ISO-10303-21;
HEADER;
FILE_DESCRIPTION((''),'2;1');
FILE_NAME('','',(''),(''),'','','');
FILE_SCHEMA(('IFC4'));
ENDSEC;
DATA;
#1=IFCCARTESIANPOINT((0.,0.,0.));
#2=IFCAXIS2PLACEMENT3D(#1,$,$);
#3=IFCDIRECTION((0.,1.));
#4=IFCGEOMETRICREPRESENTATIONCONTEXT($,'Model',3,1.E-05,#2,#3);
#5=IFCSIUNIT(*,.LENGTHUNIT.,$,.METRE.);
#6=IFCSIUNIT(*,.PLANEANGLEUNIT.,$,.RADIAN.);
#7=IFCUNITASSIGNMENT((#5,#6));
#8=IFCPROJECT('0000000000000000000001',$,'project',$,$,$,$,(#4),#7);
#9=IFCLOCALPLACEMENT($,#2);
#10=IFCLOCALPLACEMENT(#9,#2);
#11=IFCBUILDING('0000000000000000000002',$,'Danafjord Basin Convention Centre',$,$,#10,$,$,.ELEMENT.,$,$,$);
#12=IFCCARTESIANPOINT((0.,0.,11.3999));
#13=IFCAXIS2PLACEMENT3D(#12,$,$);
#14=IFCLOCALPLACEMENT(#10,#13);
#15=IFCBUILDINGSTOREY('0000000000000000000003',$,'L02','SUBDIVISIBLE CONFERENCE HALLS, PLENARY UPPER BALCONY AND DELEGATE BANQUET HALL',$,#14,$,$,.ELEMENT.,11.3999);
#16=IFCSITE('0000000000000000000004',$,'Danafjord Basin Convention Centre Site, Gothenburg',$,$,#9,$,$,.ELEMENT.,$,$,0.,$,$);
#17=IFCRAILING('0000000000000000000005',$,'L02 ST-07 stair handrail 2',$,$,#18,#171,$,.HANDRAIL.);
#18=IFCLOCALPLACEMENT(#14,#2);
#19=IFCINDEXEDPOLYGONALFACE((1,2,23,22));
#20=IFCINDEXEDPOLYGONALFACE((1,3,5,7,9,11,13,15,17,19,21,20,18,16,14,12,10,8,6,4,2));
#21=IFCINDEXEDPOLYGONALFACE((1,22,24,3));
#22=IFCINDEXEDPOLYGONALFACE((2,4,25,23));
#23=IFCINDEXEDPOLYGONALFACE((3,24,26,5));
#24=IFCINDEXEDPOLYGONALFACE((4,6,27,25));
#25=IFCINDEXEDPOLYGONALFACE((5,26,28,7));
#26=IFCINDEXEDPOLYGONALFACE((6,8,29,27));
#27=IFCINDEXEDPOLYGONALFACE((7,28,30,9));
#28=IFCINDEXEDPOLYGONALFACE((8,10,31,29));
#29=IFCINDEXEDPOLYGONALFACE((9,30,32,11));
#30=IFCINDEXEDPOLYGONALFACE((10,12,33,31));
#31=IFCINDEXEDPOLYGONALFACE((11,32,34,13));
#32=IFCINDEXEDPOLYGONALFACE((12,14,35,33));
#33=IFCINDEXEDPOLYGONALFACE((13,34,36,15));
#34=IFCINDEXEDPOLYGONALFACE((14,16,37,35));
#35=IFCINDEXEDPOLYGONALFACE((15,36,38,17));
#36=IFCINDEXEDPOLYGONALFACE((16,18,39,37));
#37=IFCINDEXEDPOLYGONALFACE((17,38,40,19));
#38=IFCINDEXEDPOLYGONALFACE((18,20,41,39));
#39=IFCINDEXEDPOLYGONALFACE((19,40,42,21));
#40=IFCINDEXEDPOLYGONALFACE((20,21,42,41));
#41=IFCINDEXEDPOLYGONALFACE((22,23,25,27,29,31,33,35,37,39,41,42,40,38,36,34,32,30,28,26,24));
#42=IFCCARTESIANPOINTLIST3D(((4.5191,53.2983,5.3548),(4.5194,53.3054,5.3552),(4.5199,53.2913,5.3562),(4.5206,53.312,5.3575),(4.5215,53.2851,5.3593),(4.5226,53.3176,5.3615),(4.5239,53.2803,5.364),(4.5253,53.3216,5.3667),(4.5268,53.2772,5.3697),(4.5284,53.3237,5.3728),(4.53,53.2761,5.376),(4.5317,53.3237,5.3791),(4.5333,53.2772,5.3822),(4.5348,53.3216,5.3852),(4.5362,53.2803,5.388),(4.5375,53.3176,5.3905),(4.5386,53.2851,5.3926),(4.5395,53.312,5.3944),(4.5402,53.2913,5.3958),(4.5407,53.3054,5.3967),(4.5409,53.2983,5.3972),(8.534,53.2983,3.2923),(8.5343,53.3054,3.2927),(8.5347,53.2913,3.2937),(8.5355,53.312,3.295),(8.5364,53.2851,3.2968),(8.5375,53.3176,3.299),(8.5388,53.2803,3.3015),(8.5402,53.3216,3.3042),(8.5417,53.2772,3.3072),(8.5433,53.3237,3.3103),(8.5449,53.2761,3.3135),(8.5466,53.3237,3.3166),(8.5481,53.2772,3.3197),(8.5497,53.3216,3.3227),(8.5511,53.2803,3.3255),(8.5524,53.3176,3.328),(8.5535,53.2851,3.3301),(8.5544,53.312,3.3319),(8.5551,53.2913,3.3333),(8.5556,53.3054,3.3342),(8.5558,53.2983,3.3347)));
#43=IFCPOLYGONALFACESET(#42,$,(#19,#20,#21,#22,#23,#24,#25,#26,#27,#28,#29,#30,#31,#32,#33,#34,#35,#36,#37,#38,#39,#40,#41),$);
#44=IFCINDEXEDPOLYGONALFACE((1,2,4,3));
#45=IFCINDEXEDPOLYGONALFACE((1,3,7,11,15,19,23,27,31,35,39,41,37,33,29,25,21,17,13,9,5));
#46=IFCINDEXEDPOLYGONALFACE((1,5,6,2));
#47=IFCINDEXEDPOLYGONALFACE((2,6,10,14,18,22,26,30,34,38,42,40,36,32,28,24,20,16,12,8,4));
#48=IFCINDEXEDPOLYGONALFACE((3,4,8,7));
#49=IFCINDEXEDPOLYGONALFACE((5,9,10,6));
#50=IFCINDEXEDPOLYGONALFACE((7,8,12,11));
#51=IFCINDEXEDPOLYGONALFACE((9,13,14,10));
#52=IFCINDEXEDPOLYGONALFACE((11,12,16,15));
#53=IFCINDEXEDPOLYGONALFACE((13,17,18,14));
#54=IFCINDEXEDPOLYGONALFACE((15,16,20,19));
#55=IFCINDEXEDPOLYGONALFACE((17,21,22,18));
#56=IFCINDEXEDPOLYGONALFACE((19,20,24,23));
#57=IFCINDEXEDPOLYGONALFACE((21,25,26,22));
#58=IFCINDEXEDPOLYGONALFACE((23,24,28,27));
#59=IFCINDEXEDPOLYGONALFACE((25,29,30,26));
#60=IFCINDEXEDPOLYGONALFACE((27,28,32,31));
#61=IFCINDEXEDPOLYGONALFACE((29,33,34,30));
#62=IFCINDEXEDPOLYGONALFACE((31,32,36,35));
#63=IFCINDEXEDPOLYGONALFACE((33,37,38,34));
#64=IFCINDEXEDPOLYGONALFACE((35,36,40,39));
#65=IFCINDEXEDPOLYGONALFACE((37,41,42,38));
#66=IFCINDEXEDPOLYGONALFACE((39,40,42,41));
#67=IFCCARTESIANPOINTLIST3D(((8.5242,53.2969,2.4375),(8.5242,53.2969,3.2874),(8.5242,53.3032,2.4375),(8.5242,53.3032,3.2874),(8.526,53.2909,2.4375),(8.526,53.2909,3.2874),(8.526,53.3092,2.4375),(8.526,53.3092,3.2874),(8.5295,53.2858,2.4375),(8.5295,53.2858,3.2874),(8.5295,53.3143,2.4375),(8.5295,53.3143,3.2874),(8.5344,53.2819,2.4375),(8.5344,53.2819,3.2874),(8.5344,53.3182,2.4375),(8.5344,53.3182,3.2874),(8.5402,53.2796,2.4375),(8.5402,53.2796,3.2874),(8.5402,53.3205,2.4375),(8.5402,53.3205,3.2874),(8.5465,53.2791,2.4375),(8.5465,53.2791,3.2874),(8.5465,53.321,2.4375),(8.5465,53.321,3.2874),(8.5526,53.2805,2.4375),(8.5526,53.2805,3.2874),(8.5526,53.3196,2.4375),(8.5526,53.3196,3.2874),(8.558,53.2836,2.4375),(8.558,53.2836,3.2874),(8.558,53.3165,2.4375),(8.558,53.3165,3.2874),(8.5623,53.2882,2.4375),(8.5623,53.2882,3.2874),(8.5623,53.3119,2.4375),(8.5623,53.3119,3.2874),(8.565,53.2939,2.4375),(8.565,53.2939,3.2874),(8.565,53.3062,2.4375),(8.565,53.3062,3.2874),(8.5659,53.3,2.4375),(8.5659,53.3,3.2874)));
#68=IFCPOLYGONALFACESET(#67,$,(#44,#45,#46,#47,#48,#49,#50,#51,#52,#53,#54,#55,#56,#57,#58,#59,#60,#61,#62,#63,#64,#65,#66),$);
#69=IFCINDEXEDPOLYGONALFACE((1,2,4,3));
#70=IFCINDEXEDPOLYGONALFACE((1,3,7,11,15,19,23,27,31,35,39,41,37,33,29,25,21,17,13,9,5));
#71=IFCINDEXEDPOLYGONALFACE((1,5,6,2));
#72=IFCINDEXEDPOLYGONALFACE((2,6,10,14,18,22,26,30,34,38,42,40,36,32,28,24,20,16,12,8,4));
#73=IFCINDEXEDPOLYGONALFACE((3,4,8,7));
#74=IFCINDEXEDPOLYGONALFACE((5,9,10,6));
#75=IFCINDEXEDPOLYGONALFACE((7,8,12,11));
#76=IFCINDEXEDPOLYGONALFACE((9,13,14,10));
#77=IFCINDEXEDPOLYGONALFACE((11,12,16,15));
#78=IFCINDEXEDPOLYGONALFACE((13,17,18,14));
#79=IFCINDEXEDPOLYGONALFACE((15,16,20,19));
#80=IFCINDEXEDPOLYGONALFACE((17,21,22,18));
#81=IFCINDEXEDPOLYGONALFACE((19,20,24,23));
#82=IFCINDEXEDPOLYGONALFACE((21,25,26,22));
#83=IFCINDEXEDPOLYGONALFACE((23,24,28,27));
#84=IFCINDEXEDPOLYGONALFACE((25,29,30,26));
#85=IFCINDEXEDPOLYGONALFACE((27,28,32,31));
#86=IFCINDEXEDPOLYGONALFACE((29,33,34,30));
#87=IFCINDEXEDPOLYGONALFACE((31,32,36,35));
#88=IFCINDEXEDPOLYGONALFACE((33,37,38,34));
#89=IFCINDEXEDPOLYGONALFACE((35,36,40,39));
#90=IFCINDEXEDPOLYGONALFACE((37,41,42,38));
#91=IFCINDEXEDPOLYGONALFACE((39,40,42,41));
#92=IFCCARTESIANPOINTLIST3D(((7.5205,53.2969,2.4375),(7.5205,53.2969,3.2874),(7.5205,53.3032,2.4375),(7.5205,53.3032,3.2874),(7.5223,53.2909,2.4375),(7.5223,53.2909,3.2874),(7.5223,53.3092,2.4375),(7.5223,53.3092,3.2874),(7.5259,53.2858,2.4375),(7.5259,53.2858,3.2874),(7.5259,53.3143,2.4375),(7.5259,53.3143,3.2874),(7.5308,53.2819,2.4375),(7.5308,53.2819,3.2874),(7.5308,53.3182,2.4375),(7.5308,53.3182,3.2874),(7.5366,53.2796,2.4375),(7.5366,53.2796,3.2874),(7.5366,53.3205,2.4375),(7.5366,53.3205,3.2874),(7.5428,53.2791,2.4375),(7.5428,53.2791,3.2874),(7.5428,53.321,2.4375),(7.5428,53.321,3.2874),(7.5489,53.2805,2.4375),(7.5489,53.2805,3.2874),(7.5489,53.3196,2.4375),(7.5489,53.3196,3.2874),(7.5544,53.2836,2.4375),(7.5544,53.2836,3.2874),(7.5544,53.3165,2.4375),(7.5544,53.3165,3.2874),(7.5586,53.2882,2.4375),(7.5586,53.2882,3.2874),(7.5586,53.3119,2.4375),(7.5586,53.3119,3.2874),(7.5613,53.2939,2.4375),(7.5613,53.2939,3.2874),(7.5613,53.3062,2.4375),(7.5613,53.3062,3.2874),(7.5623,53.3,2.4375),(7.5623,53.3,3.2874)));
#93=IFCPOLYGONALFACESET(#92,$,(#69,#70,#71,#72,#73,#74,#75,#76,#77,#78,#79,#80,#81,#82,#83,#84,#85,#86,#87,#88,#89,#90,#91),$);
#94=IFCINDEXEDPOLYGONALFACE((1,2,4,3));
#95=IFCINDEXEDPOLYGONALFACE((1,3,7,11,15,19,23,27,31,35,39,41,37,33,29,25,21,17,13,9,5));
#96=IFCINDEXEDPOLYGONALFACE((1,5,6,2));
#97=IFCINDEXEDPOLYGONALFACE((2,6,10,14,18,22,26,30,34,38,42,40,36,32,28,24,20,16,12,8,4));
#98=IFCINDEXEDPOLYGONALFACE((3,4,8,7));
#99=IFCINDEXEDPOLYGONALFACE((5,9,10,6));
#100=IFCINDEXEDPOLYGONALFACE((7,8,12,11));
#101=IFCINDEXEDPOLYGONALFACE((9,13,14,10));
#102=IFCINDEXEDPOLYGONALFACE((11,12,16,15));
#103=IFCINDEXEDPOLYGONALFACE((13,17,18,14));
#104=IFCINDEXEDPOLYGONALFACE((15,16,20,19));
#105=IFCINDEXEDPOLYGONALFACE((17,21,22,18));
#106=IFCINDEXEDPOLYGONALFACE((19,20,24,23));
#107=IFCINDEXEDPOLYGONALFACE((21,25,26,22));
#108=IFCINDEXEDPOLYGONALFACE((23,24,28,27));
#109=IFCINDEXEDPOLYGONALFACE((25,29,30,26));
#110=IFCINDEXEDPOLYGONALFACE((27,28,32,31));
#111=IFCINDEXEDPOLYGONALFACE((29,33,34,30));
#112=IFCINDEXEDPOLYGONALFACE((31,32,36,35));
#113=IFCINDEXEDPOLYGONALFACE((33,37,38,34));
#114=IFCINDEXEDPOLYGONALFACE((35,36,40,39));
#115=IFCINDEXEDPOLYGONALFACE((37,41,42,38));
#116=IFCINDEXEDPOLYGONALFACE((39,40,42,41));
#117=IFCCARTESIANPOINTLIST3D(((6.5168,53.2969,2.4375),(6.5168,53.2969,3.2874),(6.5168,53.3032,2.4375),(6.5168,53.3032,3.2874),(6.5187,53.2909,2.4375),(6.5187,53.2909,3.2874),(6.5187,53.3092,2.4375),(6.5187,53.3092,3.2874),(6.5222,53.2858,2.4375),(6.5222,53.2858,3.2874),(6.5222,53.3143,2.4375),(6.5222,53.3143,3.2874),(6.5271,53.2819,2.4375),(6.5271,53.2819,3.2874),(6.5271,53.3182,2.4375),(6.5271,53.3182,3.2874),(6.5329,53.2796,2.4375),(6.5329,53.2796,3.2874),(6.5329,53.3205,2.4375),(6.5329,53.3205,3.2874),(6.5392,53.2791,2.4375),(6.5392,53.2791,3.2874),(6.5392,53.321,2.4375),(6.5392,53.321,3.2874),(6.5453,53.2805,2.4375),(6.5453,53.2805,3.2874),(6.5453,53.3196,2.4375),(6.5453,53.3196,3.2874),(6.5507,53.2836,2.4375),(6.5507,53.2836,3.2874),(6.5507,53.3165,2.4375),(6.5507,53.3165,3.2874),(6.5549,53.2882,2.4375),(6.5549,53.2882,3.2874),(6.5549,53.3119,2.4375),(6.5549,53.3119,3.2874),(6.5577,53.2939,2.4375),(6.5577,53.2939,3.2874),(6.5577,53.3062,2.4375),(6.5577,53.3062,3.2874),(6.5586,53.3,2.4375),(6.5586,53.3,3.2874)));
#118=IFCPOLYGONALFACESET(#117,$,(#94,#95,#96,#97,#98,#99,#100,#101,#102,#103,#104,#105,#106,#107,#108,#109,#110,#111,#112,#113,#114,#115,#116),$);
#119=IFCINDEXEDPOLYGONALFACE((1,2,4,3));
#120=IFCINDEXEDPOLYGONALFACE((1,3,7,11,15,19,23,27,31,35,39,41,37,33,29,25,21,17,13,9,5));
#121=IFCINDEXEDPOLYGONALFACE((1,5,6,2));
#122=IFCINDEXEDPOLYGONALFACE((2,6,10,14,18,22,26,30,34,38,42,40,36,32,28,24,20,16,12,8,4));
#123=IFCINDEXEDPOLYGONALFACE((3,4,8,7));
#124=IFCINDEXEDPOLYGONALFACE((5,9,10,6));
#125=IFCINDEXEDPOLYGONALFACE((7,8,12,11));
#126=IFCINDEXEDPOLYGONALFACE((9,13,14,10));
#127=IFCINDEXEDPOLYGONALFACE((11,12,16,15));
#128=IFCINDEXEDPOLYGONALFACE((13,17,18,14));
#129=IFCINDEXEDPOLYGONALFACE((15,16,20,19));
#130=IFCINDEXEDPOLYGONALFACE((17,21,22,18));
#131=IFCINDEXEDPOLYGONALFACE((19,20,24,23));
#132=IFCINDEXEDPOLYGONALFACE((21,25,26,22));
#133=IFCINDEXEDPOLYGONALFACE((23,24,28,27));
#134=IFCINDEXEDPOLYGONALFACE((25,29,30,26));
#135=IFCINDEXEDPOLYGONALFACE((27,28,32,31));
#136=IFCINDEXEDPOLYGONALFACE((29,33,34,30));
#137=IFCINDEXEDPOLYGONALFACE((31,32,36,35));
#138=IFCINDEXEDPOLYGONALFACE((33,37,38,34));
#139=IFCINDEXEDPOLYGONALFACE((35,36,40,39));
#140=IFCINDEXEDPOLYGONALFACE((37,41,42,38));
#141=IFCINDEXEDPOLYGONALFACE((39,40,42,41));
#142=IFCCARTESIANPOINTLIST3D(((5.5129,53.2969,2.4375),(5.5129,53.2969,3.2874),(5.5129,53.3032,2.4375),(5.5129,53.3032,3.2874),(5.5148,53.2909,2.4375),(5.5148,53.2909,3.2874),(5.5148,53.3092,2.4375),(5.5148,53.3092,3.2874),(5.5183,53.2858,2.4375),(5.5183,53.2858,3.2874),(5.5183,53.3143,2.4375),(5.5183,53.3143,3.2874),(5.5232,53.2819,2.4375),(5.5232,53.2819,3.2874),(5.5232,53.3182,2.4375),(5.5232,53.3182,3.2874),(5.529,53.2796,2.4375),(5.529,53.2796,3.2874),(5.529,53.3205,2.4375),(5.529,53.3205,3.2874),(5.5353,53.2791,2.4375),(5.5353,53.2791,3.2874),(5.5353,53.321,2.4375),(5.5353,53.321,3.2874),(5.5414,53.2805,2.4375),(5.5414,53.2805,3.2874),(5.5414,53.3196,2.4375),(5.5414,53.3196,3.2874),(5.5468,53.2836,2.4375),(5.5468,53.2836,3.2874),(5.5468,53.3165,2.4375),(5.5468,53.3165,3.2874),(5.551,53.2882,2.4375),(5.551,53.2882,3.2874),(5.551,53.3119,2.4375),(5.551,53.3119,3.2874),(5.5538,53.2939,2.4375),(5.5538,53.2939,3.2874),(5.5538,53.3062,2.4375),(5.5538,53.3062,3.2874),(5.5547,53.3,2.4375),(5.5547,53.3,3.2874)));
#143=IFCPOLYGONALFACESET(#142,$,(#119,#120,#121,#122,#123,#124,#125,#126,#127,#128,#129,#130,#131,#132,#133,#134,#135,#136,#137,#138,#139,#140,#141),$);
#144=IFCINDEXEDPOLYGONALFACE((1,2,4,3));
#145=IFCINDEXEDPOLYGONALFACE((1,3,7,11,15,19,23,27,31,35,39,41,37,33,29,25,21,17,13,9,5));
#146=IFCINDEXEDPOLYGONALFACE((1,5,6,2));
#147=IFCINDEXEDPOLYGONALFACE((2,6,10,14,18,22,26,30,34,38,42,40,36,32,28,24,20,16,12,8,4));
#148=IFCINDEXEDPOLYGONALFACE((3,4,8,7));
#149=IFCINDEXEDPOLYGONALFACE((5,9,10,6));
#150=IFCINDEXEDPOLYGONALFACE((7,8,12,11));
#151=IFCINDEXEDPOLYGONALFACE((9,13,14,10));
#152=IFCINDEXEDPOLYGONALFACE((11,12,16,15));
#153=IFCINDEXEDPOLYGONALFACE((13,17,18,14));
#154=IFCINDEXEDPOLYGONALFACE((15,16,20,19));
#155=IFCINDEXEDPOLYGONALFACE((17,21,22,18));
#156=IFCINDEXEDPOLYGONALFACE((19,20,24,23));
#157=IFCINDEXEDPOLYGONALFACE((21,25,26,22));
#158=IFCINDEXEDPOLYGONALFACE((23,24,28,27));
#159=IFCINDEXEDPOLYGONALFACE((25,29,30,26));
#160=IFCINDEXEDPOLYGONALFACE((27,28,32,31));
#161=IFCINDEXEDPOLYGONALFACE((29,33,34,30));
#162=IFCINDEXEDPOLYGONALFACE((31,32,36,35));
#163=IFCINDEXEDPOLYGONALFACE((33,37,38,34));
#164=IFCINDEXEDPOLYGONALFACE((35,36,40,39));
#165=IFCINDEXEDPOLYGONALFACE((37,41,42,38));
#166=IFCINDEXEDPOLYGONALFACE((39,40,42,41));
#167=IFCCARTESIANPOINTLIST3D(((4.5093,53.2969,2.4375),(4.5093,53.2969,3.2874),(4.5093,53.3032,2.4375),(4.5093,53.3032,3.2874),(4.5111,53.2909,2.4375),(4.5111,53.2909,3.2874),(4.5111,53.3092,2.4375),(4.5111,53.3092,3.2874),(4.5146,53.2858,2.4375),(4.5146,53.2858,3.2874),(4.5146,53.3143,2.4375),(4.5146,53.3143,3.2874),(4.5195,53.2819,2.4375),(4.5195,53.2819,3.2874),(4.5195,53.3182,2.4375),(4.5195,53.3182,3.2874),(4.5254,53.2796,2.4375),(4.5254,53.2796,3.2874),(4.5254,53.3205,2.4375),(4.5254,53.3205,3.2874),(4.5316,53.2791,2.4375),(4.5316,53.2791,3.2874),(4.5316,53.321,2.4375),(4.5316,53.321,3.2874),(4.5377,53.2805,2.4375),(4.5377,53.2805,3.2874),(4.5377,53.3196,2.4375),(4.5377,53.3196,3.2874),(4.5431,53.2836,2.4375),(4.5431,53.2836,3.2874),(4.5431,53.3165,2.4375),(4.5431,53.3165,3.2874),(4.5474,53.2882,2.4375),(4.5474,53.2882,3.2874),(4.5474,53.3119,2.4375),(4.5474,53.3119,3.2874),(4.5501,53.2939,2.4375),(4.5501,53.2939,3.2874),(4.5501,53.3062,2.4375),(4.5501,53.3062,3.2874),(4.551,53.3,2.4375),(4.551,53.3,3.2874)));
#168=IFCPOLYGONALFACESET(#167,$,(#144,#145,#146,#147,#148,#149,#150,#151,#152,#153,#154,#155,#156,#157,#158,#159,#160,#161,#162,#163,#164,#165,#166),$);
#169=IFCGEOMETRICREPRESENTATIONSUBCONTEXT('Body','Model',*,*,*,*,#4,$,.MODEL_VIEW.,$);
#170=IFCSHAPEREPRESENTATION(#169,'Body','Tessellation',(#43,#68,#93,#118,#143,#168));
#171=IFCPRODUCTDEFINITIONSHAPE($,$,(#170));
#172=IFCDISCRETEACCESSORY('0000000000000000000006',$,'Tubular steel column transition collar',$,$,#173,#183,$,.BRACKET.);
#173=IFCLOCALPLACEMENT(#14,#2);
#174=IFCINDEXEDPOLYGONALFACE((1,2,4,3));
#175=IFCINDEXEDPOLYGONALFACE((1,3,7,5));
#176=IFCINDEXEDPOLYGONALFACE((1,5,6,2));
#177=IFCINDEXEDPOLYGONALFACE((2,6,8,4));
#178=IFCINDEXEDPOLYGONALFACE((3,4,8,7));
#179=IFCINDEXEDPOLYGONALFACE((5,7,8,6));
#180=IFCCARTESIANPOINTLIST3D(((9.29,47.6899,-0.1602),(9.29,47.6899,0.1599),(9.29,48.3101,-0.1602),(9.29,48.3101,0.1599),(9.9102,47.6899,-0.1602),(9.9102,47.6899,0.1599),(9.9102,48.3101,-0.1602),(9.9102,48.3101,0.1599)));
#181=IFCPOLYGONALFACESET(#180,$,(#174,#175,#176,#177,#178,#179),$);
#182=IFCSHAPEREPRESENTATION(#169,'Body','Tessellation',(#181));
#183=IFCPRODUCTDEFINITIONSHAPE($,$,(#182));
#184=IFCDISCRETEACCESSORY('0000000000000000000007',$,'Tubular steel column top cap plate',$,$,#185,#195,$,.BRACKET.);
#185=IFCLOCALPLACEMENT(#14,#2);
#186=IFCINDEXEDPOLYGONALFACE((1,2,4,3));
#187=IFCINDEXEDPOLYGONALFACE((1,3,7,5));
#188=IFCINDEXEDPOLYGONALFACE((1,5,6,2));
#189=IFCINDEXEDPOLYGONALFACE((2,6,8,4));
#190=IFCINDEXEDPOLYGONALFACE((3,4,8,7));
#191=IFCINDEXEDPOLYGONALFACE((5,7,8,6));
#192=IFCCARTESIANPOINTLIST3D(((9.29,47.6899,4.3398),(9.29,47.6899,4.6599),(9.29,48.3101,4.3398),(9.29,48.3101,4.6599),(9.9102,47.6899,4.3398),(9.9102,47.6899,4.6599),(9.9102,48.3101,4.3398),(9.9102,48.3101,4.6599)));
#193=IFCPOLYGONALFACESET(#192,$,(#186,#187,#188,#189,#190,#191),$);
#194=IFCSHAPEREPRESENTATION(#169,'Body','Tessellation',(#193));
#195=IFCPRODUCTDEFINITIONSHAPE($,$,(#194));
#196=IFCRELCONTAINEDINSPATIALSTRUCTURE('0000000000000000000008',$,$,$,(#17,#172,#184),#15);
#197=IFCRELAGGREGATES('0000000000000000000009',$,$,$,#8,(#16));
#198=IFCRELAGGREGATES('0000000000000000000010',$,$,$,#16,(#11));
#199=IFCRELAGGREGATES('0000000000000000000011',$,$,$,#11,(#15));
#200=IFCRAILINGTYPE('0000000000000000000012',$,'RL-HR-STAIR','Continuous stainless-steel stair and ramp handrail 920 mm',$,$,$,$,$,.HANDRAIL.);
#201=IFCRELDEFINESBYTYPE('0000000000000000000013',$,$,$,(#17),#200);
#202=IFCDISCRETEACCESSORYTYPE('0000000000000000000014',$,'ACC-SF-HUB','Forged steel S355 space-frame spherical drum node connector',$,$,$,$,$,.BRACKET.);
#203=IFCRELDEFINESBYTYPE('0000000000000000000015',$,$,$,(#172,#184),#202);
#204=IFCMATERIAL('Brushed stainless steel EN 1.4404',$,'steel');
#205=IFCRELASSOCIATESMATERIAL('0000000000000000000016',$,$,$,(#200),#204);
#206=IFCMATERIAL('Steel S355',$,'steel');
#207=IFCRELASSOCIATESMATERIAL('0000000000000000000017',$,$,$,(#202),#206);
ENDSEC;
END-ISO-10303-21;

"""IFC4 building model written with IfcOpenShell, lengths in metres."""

from ifc_helpers import new_model, si_unit, direction, frame, origin, origin_2d, place, context, subcontext, project, spatial, rectangle, circle, extrude, material, type_object, element, save


model = new_model("IFC4")

# Units and contexts
model_context = context("Model", 3, precision=1e-05, world=origin(), true_north=direction((0.0, 1.0)))
body_context = subcontext(model_context, "Body", "Model", "MODEL_VIEW")
ifc_project = project(units=[si_unit("LENGTHUNIT", "METRE"), si_unit("PLANEANGLEUNIT", "RADIAN")], contexts=[model_context])

# Site, building, storey
site_placement = place(None, origin())
site = spatial("IfcSite", under=ifc_project, at=site_placement, Name="Danafjord Basin Convention Centre Site, Gothenburg", CompositionType="ELEMENT", RefElevation=0.0)
building_placement = place(site_placement, origin())
building = spatial("IfcBuilding", under=site, at=building_placement, Name="Danafjord Basin Convention Centre", CompositionType="ELEMENT")
storey_placement = place(building_placement, frame((0.0, 0.0, 11.3999)))
storey = spatial("IfcBuildingStorey", under=building, at=storey_placement, Name="L02", Description="SUBDIVISIBLE CONFERENCE HALLS, PLENARY UPPER BALCONY AND DELEGATE BANQUET HALL", CompositionType="ELEMENT", Elevation=11.3999)

# Shared definitions
ifc_material_1 = material(Name="Steel S355", Category="steel")

# Railing
ifc_material_2 = material(Name="Brushed stainless steel EN 1.4404", Category="steel")
railing_type_1 = type_object("IfcRailingType", Name="RL-HR-STAIR", Description="Continuous stainless-steel stair and ramp handrail 920 mm", PredefinedType="HANDRAIL", material=ifc_material_2)
railing_1_placement = place(storey_placement, frame((8.5449, 53.3, 2.4375)))
element("IfcRailing", 1, at=railing_1_placement, inside=storey, type_object=railing_type_1, Name="L02 ST-07 stair handrail 2", PredefinedType="HANDRAIL", context=body_context, shape_type="SweptSolid", body=[
    extrude(circle(Radius=0.0239, at=origin_2d()), frame((0.0, 0.0, 0.876), z_axis=(-0.889495, 0.0, 0.456945), x_axis=(0.0, -1.0, 0.0)), (0.0, 0.0, 1.0), 4.5137),
    extrude(circle(Radius=0.021, at=origin_2d()), origin(), (0.0, 0.0, 1.0), 0.8499),
    extrude(circle(Radius=0.021, at=origin_2d()), frame((-1.0037, 0.0, 0.0)), (0.0, 0.0, 1.0), 0.8499),
    extrude(circle(Radius=0.021, at=origin_2d()), frame((-2.0073, 0.0, 0.0)), (0.0, 0.0, 1.0), 0.8499),
    extrude(circle(Radius=0.021, at=origin_2d()), frame((-3.0112, 0.0, 0.0)), (0.0, 0.0, 1.0), 0.8499),
    extrude(circle(Radius=0.021, at=origin_2d()), frame((-4.0149, 0.0, 0.0)), (0.0, 0.0, 1.0), 0.8499),
])

# Discrete accessories
discrete_accessory_type = type_object("IfcDiscreteAccessoryType", Name="ACC-SF-HUB", Description="Forged steel S355 space-frame spherical drum node connector", PredefinedType="BRACKET", material=ifc_material_1)
for number, where, z_axis, x_axis, name in (
    (2, (9.6001, 48.0, -0.1602), (0.0, 0.0, 1.0), (1.0, 0.0, 0.0), "Tubular steel column transition collar"),
    (3, (9.6001, 48.0, 4.3398), (0.0, 0.0, 1.0), (1.0, 0.0, 0.0), "Tubular steel column top cap plate"),
):
    element("IfcDiscreteAccessory", number, at=place(storey_placement, frame(where, z_axis=z_axis, x_axis=x_axis)), inside=storey, type_object=discrete_accessory_type, Name=name, PredefinedType="BRACKET", context=body_context, shape_type="SweptSolid", body=[
        extrude(rectangle(XDim=0.6201, YDim=0.6201, at=origin_2d()), origin(), (0.0, 0.0, 1.0), 0.3201),
    ])

save(model, "model.ifc")
